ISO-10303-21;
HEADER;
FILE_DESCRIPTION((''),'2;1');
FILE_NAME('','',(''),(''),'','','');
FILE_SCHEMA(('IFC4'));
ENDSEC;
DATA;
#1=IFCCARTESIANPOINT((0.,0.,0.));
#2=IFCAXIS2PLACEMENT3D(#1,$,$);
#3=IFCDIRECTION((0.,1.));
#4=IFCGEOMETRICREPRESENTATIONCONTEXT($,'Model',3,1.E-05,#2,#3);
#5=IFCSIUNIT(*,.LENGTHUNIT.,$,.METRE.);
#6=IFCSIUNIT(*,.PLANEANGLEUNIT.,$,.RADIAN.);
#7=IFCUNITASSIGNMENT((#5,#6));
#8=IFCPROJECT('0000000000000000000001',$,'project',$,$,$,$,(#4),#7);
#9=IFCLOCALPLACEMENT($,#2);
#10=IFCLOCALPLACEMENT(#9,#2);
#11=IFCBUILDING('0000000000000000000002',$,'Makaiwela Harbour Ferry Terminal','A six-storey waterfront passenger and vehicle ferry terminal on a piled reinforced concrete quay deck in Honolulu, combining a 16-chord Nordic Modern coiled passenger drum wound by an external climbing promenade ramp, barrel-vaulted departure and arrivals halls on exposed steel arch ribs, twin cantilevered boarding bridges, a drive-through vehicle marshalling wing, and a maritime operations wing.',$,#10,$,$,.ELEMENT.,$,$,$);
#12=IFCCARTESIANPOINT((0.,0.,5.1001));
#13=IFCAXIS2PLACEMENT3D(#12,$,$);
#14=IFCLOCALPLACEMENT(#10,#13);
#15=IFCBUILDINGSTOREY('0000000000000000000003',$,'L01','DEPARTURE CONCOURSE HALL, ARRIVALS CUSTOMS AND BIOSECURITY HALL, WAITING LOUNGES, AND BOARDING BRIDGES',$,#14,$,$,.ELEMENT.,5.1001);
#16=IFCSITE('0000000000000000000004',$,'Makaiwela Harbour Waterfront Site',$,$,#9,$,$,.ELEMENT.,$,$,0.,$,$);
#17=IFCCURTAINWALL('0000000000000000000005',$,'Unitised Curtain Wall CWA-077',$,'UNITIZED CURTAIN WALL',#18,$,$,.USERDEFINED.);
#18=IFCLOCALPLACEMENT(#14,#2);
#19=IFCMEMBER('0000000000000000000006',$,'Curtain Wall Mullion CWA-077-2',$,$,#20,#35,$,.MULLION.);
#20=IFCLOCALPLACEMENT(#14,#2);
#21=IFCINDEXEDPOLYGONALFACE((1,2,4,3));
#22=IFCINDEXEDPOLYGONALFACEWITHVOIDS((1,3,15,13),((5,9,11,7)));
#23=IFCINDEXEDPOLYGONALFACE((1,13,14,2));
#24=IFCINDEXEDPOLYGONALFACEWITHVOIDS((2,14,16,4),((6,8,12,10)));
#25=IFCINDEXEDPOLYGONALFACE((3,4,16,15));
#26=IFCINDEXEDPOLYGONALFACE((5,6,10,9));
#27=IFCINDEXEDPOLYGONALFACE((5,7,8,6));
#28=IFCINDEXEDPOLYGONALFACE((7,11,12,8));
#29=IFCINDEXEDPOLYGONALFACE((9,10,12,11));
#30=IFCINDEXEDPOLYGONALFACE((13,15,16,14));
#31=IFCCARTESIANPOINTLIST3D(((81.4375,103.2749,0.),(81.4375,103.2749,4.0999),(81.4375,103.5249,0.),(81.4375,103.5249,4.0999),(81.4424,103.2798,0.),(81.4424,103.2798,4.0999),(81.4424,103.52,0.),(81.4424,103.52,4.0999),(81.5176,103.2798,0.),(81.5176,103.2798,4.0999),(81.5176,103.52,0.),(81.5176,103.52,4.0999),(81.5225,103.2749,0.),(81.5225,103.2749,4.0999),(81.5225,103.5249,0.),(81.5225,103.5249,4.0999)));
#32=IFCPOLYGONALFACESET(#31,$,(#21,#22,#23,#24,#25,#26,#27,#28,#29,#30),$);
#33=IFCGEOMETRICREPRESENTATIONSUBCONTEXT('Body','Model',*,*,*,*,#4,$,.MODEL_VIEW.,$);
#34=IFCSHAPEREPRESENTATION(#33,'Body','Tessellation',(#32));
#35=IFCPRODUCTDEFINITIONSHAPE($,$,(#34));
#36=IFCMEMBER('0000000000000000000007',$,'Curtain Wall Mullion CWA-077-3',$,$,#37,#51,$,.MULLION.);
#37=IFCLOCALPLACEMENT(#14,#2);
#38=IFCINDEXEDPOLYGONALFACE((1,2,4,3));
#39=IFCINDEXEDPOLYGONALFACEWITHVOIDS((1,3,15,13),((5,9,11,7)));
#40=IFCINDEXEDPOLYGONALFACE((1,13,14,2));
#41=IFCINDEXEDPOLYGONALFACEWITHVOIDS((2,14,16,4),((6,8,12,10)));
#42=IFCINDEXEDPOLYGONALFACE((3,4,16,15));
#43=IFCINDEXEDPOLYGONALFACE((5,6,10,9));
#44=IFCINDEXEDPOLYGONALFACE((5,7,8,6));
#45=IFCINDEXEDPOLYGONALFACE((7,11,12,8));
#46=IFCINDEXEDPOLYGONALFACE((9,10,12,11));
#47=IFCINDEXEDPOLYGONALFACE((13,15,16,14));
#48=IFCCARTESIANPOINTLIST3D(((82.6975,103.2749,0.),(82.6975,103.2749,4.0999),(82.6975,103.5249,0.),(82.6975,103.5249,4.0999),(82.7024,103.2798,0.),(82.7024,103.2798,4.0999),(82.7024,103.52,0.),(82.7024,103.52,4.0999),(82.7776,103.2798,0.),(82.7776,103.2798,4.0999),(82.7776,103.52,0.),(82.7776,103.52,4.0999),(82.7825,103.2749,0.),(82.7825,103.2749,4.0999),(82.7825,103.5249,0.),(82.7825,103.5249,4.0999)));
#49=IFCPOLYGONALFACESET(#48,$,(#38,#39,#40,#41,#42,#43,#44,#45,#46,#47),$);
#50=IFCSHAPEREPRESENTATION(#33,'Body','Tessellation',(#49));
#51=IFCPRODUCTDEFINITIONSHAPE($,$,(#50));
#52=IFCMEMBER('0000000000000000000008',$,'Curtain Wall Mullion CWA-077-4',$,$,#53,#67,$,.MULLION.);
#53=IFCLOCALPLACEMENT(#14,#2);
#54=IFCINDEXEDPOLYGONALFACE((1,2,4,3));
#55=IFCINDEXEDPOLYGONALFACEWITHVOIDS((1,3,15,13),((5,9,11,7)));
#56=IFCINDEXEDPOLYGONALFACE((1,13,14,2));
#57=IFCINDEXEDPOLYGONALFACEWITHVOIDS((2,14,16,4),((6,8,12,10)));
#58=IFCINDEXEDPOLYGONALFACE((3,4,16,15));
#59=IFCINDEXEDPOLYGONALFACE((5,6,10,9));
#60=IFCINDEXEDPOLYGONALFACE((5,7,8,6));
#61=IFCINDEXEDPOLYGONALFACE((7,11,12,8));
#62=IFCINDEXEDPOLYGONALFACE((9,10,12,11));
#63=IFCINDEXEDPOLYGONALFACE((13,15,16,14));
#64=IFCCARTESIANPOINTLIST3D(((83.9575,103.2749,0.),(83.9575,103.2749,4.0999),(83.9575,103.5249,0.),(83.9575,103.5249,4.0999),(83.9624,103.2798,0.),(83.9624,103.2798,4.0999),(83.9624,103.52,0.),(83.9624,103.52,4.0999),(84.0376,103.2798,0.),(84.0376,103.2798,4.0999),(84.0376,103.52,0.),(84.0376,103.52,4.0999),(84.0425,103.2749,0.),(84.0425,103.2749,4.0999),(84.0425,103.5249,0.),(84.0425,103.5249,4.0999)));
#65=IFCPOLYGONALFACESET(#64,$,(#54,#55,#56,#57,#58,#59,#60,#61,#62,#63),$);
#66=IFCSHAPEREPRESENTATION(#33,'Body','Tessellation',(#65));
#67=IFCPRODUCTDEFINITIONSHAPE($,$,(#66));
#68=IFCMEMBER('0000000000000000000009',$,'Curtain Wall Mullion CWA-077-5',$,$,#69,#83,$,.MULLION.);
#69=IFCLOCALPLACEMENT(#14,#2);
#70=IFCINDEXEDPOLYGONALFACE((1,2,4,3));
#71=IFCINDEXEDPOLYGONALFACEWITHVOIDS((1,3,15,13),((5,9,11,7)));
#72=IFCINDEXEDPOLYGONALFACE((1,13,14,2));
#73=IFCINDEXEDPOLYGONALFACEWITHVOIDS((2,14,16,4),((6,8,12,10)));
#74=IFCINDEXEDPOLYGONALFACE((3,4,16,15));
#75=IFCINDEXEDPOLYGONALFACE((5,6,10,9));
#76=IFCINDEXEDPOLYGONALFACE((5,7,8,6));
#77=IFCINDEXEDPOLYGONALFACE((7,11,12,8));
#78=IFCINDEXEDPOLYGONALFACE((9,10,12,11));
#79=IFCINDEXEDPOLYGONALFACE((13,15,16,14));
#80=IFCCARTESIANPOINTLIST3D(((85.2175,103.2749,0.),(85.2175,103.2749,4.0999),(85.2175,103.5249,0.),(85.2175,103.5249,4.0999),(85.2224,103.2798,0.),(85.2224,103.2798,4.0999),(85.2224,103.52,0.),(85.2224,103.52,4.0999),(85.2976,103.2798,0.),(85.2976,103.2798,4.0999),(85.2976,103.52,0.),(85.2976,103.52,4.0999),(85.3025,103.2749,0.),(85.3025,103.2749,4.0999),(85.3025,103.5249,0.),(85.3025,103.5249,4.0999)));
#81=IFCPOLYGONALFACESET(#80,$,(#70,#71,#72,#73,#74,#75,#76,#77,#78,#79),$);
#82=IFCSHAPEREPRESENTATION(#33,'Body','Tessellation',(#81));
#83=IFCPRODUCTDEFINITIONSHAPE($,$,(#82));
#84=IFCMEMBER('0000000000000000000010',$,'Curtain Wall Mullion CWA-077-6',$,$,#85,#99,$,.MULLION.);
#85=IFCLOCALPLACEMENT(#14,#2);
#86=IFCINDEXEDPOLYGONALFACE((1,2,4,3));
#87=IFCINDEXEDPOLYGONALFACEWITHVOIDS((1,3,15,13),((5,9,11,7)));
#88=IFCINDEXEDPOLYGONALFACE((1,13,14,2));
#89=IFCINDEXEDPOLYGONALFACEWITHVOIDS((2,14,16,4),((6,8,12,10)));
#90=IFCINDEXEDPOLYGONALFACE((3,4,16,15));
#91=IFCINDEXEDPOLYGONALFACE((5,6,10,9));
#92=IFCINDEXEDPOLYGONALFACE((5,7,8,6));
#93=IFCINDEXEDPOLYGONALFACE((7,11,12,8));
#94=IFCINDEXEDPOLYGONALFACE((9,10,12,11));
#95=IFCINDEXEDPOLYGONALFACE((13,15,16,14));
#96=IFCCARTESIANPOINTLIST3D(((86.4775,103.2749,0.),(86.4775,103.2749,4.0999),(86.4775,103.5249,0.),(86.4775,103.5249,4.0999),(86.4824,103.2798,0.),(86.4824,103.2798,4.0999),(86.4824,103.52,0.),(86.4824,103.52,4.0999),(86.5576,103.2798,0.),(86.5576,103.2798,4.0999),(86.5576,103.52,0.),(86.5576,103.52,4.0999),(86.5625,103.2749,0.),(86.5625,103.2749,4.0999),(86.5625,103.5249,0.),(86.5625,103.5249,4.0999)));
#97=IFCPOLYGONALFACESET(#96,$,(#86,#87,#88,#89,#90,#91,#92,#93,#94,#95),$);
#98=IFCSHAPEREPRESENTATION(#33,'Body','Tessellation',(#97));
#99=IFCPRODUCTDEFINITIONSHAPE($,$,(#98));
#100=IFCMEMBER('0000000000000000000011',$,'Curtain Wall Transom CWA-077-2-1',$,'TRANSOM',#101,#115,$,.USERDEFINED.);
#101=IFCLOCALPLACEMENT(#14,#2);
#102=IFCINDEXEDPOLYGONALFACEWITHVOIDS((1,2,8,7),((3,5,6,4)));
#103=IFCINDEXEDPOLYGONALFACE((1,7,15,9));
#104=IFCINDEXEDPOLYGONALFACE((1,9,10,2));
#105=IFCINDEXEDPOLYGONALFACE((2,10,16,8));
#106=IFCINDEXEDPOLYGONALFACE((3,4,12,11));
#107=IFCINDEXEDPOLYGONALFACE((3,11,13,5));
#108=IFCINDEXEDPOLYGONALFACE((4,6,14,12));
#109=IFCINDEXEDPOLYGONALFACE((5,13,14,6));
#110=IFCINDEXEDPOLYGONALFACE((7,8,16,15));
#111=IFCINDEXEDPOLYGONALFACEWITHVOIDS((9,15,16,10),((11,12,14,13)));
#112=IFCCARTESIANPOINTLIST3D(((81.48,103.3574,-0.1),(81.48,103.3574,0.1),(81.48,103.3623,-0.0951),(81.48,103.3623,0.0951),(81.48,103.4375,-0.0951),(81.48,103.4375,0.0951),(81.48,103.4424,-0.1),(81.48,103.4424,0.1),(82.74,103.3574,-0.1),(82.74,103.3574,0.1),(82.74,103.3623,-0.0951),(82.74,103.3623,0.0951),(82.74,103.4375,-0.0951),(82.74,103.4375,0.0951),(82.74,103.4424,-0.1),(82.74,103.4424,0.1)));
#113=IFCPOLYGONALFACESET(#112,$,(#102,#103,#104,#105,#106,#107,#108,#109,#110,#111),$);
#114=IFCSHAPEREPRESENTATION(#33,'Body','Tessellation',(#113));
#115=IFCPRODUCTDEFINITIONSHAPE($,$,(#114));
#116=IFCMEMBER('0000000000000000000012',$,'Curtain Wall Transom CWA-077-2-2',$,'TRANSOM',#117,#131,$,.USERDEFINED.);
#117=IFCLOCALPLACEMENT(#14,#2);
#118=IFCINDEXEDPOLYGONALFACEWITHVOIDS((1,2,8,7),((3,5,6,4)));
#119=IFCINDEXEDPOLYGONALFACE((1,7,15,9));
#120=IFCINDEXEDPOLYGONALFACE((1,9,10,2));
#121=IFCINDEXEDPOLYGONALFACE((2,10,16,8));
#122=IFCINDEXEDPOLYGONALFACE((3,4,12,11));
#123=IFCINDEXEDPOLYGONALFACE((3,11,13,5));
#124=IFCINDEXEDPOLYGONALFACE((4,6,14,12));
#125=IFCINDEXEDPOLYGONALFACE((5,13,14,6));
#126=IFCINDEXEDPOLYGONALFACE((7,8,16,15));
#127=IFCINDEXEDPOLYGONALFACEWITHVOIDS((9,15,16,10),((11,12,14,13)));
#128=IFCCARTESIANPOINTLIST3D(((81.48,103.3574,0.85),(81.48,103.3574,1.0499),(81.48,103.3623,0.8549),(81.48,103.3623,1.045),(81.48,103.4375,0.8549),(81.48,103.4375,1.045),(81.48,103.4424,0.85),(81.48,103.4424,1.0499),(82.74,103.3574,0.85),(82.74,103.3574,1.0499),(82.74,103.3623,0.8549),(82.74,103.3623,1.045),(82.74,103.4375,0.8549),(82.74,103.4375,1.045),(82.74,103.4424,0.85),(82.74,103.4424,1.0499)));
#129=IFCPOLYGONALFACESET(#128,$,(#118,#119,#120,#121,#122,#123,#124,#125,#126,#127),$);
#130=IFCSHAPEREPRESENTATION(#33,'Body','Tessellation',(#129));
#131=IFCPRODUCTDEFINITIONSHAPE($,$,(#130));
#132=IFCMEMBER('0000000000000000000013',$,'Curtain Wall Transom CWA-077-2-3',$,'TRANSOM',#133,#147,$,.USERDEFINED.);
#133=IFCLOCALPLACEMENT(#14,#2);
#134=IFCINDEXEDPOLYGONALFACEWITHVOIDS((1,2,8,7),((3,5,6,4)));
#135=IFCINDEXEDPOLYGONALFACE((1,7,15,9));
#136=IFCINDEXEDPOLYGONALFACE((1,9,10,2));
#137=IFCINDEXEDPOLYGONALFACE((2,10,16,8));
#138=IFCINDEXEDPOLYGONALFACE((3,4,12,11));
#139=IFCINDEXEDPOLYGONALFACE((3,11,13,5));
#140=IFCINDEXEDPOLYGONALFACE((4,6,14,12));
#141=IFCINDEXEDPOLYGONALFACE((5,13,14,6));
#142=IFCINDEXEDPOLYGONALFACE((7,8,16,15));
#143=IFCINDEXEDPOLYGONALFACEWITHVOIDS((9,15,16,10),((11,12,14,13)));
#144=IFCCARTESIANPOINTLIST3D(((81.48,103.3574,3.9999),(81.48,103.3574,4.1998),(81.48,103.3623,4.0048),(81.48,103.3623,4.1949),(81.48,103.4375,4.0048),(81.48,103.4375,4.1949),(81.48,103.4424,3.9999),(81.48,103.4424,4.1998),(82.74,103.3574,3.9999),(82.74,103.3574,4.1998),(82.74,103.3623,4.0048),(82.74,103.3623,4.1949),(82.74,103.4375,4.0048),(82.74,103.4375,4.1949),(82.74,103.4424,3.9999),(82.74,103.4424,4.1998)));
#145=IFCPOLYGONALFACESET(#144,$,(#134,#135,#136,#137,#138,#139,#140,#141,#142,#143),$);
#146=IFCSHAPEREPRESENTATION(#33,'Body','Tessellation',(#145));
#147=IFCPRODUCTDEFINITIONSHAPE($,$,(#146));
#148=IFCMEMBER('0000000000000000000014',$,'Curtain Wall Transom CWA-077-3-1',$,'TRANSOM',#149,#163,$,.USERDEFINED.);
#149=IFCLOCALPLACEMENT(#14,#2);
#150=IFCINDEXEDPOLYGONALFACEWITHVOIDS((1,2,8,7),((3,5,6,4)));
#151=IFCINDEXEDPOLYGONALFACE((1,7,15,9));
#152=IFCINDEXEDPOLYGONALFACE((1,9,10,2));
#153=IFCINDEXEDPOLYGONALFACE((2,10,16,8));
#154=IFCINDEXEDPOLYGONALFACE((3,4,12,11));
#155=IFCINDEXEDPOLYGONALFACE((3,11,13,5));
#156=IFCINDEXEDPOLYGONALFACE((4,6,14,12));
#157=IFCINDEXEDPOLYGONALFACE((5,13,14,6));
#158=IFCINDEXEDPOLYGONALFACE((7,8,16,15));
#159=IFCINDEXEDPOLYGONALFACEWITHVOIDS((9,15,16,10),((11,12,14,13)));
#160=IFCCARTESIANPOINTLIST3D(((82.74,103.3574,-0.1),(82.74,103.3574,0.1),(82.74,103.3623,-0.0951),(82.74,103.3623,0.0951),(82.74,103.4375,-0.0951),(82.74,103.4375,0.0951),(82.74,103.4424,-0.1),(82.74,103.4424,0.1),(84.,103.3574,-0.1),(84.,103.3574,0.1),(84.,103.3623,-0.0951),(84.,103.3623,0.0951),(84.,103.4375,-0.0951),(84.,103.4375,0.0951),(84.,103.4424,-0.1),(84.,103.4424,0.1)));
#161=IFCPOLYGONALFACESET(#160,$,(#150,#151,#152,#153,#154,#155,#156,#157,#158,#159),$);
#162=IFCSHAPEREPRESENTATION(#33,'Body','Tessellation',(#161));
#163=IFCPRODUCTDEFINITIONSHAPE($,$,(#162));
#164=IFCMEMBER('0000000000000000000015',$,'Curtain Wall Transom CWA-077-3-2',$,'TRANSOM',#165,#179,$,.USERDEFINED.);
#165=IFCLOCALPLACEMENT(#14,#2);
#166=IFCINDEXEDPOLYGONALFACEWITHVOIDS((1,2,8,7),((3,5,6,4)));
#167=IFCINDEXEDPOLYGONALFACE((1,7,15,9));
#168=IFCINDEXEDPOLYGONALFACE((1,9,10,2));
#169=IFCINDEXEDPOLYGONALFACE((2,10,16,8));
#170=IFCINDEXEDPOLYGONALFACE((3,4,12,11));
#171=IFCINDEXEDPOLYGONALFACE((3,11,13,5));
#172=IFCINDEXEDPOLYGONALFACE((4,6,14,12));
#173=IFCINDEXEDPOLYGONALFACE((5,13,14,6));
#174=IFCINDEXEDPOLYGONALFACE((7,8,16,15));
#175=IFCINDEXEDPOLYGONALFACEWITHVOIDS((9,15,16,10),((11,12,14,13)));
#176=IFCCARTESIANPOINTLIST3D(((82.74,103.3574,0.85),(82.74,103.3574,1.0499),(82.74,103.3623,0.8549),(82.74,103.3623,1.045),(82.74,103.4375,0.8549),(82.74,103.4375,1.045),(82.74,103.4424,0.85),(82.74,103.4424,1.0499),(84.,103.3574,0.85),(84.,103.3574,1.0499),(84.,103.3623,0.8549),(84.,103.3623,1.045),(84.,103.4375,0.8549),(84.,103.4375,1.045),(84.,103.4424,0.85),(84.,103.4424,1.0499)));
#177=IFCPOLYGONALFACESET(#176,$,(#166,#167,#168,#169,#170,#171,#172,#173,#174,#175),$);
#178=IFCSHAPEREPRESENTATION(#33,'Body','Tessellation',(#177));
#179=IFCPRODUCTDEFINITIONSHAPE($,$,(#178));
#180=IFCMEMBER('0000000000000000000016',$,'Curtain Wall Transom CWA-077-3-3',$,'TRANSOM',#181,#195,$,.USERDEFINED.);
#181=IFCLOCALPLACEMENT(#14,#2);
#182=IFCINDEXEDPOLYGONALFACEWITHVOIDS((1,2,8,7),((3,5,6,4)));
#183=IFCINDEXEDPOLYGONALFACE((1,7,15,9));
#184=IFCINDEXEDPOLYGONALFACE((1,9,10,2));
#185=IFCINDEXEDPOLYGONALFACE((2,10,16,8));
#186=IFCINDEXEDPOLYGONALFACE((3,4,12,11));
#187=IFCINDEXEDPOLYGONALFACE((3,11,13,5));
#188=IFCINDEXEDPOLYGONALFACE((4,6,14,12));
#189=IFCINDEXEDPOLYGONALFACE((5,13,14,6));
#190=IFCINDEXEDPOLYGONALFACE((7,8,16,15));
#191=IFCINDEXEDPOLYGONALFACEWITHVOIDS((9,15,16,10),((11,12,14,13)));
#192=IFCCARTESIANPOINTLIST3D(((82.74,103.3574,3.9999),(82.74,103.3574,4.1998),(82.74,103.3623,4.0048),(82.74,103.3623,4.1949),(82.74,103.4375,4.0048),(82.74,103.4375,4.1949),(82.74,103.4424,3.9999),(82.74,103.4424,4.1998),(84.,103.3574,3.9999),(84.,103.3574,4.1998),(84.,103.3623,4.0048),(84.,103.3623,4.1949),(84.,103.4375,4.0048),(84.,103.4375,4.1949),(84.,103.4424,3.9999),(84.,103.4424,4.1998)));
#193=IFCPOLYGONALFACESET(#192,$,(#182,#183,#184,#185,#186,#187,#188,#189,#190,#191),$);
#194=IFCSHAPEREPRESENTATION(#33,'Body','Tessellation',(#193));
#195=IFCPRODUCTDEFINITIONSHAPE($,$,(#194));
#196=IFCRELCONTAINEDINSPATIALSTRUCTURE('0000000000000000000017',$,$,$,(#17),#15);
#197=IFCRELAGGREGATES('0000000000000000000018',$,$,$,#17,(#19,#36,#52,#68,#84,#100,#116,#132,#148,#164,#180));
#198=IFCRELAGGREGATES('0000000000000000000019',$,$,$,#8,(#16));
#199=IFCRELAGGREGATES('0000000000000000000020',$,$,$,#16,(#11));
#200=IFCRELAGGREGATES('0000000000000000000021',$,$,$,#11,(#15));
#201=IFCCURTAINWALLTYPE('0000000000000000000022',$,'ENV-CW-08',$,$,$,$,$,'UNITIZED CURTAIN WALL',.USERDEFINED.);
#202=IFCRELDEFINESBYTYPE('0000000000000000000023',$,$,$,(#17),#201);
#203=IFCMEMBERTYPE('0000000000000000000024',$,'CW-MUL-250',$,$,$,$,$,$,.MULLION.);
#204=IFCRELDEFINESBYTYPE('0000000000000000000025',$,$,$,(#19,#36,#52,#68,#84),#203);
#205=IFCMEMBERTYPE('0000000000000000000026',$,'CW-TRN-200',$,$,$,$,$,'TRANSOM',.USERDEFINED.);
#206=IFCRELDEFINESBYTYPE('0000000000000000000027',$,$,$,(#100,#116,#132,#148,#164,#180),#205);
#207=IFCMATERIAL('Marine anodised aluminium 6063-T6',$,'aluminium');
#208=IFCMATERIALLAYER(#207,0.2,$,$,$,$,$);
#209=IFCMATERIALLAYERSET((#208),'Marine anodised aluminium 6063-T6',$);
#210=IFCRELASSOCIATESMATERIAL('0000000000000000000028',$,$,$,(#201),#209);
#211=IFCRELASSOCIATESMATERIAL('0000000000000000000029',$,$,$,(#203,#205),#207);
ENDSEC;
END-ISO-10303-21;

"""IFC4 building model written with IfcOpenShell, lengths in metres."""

from ifc_helpers import new_model, si_unit, direction, frame, origin, origin_2d, place, context, subcontext, project, spatial, hollow_rectangle, extrude, material, layer, layer_set, material_profile, profile_set, type_object, element, aggregate, save


model = new_model("IFC4")

# Units and contexts
model_context = context("Model", 3, precision=1e-05, world=origin(), true_north=direction((0.0, 1.0)))
body_context = subcontext(model_context, "Body", "Model", "MODEL_VIEW")
ifc_project = project(units=[si_unit("LENGTHUNIT", "METRE"), si_unit("PLANEANGLEUNIT", "RADIAN")], contexts=[model_context])

# Site, building, storey
site_placement = place(None, origin())
site = spatial("IfcSite", under=ifc_project, at=site_placement, Name="Makaiwela Harbour Waterfront Site", CompositionType="ELEMENT", RefElevation=0.0)
building_placement = place(site_placement, origin())
building = spatial("IfcBuilding", under=site, at=building_placement, Name="Makaiwela Harbour Ferry Terminal", Description="A six-storey waterfront passenger and vehicle ferry terminal on a piled reinforced concrete quay deck in Honolulu, combining a 16-chord Nordic Modern coiled passenger drum wound by an external climbing promenade ramp, barrel-vaulted departure and arrivals halls on exposed steel arch ribs, twin cantilevered boarding bridges, a drive-through vehicle marshalling wing, and a maritime operations wing.", CompositionType="ELEMENT")
storey_placement = place(building_placement, frame((0.0, 0.0, 5.1001)))
storey = spatial("IfcBuildingStorey", under=building, at=storey_placement, Name="L01", Description="DEPARTURE CONCOURSE HALL, ARRIVALS CUSTOMS AND BIOSECURITY HALL, WAITING LOUNGES, AND BOARDING BRIDGES", CompositionType="ELEMENT", Elevation=5.1001)

# Curtain wall, members
ifc_material_1 = material(Name="Marine anodised aluminium 6063-T6", Category="aluminium")
ifc_layer_1 = layer(ifc_material_1, 0.2)
ifc_layer_set_1 = layer_set([ifc_layer_1], Name="Marine anodised aluminium 6063-T6")
curtain_wall_type = type_object("IfcCurtainWallType", Name="ENV-CW-08", ElementType="UNITIZED CURTAIN WALL", PredefinedType="USERDEFINED", material=ifc_layer_set_1)
curtain_wall_placement = place(storey_placement, origin())
curtain_wall = element("IfcCurtainWall", 1, at=curtain_wall_placement, inside=storey, type_object=curtain_wall_type, Name="Unitised Curtain Wall CWA-077", ObjectType="UNITIZED CURTAIN WALL", PredefinedType="USERDEFINED")
ifc_material_profile_1 = material_profile(ifc_material_1, hollow_rectangle(XDim=0.085, YDim=0.25, WallThickness=0.0049, at=origin_2d()), Name="CWM-250X85")
ifc_profile_set_1 = profile_set([ifc_material_profile_1], Name="Marine anodised aluminium 6063-T6")
member_type_1 = type_object("IfcMemberType", Name="CW-MUL-250", PredefinedType="MULLION", material=ifc_profile_set_1)
member_1_placement = place(storey_placement, frame((81.48, 103.3999, 0.0), z_axis=(0.0, 0.0, 1.0), x_axis=(1.0, 0.0, 0.0)))
member_1 = element("IfcMember", 2, at=member_1_placement, type_object=member_type_1, Name="Curtain Wall Mullion CWA-077-2", PredefinedType="MULLION", context=body_context, shape_type="SweptSolid", body=[
    extrude(hollow_rectangle(XDim=0.085, YDim=0.25, WallThickness=0.0049, at=origin_2d()), origin(), (0.0, 0.0, 1.0), 4.0999),
])
member_2_placement = place(storey_placement, frame((82.74, 103.3999, 0.0), z_axis=(0.0, 0.0, 1.0), x_axis=(1.0, 0.0, 0.0)))
member_2 = element("IfcMember", 3, at=member_2_placement, type_object=member_type_1, Name="Curtain Wall Mullion CWA-077-3", PredefinedType="MULLION", context=body_context, shape_type="SweptSolid", body=[
    extrude(hollow_rectangle(XDim=0.085, YDim=0.25, WallThickness=0.0049, at=origin_2d()), origin(), (0.0, 0.0, 1.0), 4.0999),
])
member_3_placement = place(storey_placement, frame((84.0, 103.3999, 0.0), z_axis=(0.0, 0.0, 1.0), x_axis=(1.0, 0.0, 0.0)))
member_3 = element("IfcMember", 4, at=member_3_placement, type_object=member_type_1, Name="Curtain Wall Mullion CWA-077-4", PredefinedType="MULLION", context=body_context, shape_type="SweptSolid", body=[
    extrude(hollow_rectangle(XDim=0.085, YDim=0.25, WallThickness=0.0049, at=origin_2d()), origin(), (0.0, 0.0, 1.0), 4.0999),
])
member_4_placement = place(storey_placement, frame((85.26, 103.3999, 0.0), z_axis=(0.0, 0.0, 1.0), x_axis=(1.0, 0.0, 0.0)))
member_4 = element("IfcMember", 5, at=member_4_placement, type_object=member_type_1, Name="Curtain Wall Mullion CWA-077-5", PredefinedType="MULLION", context=body_context, shape_type="SweptSolid", body=[
    extrude(hollow_rectangle(XDim=0.085, YDim=0.25, WallThickness=0.0049, at=origin_2d()), origin(), (0.0, 0.0, 1.0), 4.0999),
])
member_5_placement = place(storey_placement, frame((86.52, 103.3999, 0.0), z_axis=(0.0, 0.0, 1.0), x_axis=(1.0, 0.0, 0.0)))
member_5 = element("IfcMember", 6, at=member_5_placement, type_object=member_type_1, Name="Curtain Wall Mullion CWA-077-6", PredefinedType="MULLION", context=body_context, shape_type="SweptSolid", body=[
    extrude(hollow_rectangle(XDim=0.085, YDim=0.25, WallThickness=0.0049, at=origin_2d()), origin(), (0.0, 0.0, 1.0), 4.0999),
])
ifc_material_profile_2 = material_profile(ifc_material_1, hollow_rectangle(XDim=0.085, YDim=0.2, WallThickness=0.0049, at=origin_2d()), Name="CWT-200X85")
ifc_profile_set_2 = profile_set([ifc_material_profile_2], Name="Marine anodised aluminium 6063-T6")
member_type_2 = type_object("IfcMemberType", Name="CW-TRN-200", ElementType="TRANSOM", PredefinedType="USERDEFINED", material=ifc_profile_set_2)
member_6_placement = place(storey_placement, frame((81.48, 103.3999, 0.0), z_axis=(1.0, 0.0, 0.0), x_axis=(0.0, 1.0, 0.0)))
member_6 = element("IfcMember", 7, at=member_6_placement, type_object=member_type_2, Name="Curtain Wall Transom CWA-077-2-1", ObjectType="TRANSOM", PredefinedType="USERDEFINED", context=body_context, shape_type="SweptSolid", body=[
    extrude(hollow_rectangle(XDim=0.085, YDim=0.2, WallThickness=0.0049, at=origin_2d()), origin(), (0.0, 0.0, 1.0), 1.26),
])
member_7_placement = place(storey_placement, frame((81.48, 103.3999, 0.95), z_axis=(1.0, 0.0, 0.0), x_axis=(0.0, 1.0, 0.0)))
member_7 = element("IfcMember", 8, at=member_7_placement, type_object=member_type_2, Name="Curtain Wall Transom CWA-077-2-2", ObjectType="TRANSOM", PredefinedType="USERDEFINED", context=body_context, shape_type="SweptSolid", body=[
    extrude(hollow_rectangle(XDim=0.085, YDim=0.2, WallThickness=0.0049, at=origin_2d()), origin(), (0.0, 0.0, 1.0), 1.26),
])
member_8_placement = place(storey_placement, frame((81.48, 103.3999, 4.0999), z_axis=(1.0, 0.0, 0.0), x_axis=(0.0, 1.0, 0.0)))
member_8 = element("IfcMember", 9, at=member_8_placement, type_object=member_type_2, Name="Curtain Wall Transom CWA-077-2-3", ObjectType="TRANSOM", PredefinedType="USERDEFINED", context=body_context, shape_type="SweptSolid", body=[
    extrude(hollow_rectangle(XDim=0.085, YDim=0.2, WallThickness=0.0049, at=origin_2d()), origin(), (0.0, 0.0, 1.0), 1.26),
])
member_9_placement = place(storey_placement, frame((82.74, 103.3999, 0.0), z_axis=(1.0, 0.0, 0.0), x_axis=(0.0, 1.0, 0.0)))
member_9 = element("IfcMember", 10, at=member_9_placement, type_object=member_type_2, Name="Curtain Wall Transom CWA-077-3-1", ObjectType="TRANSOM", PredefinedType="USERDEFINED", context=body_context, shape_type="SweptSolid", body=[
    extrude(hollow_rectangle(XDim=0.085, YDim=0.2, WallThickness=0.0049, at=origin_2d()), origin(), (0.0, 0.0, 1.0), 1.26),
])
member_10_placement = place(storey_placement, frame((82.74, 103.3999, 0.95), z_axis=(1.0, 0.0, 0.0), x_axis=(0.0, 1.0, 0.0)))
member_10 = element("IfcMember", 11, at=member_10_placement, type_object=member_type_2, Name="Curtain Wall Transom CWA-077-3-2", ObjectType="TRANSOM", PredefinedType="USERDEFINED", context=body_context, shape_type="SweptSolid", body=[
    extrude(hollow_rectangle(XDim=0.085, YDim=0.2, WallThickness=0.0049, at=origin_2d()), origin(), (0.0, 0.0, 1.0), 1.26),
])
member_11_placement = place(storey_placement, frame((82.74, 103.3999, 4.0999), z_axis=(1.0, 0.0, 0.0), x_axis=(0.0, 1.0, 0.0)))
member_11 = element("IfcMember", 12, at=member_11_placement, type_object=member_type_2, Name="Curtain Wall Transom CWA-077-3-3", ObjectType="TRANSOM", PredefinedType="USERDEFINED", context=body_context, shape_type="SweptSolid", body=[
    extrude(hollow_rectangle(XDim=0.085, YDim=0.2, WallThickness=0.0049, at=origin_2d()), origin(), (0.0, 0.0, 1.0), 1.26),
])
aggregate(curtain_wall, [member_1, member_2, member_3, member_4, member_5, member_6, member_7, member_8, member_9, member_10, member_11])

save(model, "model.ifc")
